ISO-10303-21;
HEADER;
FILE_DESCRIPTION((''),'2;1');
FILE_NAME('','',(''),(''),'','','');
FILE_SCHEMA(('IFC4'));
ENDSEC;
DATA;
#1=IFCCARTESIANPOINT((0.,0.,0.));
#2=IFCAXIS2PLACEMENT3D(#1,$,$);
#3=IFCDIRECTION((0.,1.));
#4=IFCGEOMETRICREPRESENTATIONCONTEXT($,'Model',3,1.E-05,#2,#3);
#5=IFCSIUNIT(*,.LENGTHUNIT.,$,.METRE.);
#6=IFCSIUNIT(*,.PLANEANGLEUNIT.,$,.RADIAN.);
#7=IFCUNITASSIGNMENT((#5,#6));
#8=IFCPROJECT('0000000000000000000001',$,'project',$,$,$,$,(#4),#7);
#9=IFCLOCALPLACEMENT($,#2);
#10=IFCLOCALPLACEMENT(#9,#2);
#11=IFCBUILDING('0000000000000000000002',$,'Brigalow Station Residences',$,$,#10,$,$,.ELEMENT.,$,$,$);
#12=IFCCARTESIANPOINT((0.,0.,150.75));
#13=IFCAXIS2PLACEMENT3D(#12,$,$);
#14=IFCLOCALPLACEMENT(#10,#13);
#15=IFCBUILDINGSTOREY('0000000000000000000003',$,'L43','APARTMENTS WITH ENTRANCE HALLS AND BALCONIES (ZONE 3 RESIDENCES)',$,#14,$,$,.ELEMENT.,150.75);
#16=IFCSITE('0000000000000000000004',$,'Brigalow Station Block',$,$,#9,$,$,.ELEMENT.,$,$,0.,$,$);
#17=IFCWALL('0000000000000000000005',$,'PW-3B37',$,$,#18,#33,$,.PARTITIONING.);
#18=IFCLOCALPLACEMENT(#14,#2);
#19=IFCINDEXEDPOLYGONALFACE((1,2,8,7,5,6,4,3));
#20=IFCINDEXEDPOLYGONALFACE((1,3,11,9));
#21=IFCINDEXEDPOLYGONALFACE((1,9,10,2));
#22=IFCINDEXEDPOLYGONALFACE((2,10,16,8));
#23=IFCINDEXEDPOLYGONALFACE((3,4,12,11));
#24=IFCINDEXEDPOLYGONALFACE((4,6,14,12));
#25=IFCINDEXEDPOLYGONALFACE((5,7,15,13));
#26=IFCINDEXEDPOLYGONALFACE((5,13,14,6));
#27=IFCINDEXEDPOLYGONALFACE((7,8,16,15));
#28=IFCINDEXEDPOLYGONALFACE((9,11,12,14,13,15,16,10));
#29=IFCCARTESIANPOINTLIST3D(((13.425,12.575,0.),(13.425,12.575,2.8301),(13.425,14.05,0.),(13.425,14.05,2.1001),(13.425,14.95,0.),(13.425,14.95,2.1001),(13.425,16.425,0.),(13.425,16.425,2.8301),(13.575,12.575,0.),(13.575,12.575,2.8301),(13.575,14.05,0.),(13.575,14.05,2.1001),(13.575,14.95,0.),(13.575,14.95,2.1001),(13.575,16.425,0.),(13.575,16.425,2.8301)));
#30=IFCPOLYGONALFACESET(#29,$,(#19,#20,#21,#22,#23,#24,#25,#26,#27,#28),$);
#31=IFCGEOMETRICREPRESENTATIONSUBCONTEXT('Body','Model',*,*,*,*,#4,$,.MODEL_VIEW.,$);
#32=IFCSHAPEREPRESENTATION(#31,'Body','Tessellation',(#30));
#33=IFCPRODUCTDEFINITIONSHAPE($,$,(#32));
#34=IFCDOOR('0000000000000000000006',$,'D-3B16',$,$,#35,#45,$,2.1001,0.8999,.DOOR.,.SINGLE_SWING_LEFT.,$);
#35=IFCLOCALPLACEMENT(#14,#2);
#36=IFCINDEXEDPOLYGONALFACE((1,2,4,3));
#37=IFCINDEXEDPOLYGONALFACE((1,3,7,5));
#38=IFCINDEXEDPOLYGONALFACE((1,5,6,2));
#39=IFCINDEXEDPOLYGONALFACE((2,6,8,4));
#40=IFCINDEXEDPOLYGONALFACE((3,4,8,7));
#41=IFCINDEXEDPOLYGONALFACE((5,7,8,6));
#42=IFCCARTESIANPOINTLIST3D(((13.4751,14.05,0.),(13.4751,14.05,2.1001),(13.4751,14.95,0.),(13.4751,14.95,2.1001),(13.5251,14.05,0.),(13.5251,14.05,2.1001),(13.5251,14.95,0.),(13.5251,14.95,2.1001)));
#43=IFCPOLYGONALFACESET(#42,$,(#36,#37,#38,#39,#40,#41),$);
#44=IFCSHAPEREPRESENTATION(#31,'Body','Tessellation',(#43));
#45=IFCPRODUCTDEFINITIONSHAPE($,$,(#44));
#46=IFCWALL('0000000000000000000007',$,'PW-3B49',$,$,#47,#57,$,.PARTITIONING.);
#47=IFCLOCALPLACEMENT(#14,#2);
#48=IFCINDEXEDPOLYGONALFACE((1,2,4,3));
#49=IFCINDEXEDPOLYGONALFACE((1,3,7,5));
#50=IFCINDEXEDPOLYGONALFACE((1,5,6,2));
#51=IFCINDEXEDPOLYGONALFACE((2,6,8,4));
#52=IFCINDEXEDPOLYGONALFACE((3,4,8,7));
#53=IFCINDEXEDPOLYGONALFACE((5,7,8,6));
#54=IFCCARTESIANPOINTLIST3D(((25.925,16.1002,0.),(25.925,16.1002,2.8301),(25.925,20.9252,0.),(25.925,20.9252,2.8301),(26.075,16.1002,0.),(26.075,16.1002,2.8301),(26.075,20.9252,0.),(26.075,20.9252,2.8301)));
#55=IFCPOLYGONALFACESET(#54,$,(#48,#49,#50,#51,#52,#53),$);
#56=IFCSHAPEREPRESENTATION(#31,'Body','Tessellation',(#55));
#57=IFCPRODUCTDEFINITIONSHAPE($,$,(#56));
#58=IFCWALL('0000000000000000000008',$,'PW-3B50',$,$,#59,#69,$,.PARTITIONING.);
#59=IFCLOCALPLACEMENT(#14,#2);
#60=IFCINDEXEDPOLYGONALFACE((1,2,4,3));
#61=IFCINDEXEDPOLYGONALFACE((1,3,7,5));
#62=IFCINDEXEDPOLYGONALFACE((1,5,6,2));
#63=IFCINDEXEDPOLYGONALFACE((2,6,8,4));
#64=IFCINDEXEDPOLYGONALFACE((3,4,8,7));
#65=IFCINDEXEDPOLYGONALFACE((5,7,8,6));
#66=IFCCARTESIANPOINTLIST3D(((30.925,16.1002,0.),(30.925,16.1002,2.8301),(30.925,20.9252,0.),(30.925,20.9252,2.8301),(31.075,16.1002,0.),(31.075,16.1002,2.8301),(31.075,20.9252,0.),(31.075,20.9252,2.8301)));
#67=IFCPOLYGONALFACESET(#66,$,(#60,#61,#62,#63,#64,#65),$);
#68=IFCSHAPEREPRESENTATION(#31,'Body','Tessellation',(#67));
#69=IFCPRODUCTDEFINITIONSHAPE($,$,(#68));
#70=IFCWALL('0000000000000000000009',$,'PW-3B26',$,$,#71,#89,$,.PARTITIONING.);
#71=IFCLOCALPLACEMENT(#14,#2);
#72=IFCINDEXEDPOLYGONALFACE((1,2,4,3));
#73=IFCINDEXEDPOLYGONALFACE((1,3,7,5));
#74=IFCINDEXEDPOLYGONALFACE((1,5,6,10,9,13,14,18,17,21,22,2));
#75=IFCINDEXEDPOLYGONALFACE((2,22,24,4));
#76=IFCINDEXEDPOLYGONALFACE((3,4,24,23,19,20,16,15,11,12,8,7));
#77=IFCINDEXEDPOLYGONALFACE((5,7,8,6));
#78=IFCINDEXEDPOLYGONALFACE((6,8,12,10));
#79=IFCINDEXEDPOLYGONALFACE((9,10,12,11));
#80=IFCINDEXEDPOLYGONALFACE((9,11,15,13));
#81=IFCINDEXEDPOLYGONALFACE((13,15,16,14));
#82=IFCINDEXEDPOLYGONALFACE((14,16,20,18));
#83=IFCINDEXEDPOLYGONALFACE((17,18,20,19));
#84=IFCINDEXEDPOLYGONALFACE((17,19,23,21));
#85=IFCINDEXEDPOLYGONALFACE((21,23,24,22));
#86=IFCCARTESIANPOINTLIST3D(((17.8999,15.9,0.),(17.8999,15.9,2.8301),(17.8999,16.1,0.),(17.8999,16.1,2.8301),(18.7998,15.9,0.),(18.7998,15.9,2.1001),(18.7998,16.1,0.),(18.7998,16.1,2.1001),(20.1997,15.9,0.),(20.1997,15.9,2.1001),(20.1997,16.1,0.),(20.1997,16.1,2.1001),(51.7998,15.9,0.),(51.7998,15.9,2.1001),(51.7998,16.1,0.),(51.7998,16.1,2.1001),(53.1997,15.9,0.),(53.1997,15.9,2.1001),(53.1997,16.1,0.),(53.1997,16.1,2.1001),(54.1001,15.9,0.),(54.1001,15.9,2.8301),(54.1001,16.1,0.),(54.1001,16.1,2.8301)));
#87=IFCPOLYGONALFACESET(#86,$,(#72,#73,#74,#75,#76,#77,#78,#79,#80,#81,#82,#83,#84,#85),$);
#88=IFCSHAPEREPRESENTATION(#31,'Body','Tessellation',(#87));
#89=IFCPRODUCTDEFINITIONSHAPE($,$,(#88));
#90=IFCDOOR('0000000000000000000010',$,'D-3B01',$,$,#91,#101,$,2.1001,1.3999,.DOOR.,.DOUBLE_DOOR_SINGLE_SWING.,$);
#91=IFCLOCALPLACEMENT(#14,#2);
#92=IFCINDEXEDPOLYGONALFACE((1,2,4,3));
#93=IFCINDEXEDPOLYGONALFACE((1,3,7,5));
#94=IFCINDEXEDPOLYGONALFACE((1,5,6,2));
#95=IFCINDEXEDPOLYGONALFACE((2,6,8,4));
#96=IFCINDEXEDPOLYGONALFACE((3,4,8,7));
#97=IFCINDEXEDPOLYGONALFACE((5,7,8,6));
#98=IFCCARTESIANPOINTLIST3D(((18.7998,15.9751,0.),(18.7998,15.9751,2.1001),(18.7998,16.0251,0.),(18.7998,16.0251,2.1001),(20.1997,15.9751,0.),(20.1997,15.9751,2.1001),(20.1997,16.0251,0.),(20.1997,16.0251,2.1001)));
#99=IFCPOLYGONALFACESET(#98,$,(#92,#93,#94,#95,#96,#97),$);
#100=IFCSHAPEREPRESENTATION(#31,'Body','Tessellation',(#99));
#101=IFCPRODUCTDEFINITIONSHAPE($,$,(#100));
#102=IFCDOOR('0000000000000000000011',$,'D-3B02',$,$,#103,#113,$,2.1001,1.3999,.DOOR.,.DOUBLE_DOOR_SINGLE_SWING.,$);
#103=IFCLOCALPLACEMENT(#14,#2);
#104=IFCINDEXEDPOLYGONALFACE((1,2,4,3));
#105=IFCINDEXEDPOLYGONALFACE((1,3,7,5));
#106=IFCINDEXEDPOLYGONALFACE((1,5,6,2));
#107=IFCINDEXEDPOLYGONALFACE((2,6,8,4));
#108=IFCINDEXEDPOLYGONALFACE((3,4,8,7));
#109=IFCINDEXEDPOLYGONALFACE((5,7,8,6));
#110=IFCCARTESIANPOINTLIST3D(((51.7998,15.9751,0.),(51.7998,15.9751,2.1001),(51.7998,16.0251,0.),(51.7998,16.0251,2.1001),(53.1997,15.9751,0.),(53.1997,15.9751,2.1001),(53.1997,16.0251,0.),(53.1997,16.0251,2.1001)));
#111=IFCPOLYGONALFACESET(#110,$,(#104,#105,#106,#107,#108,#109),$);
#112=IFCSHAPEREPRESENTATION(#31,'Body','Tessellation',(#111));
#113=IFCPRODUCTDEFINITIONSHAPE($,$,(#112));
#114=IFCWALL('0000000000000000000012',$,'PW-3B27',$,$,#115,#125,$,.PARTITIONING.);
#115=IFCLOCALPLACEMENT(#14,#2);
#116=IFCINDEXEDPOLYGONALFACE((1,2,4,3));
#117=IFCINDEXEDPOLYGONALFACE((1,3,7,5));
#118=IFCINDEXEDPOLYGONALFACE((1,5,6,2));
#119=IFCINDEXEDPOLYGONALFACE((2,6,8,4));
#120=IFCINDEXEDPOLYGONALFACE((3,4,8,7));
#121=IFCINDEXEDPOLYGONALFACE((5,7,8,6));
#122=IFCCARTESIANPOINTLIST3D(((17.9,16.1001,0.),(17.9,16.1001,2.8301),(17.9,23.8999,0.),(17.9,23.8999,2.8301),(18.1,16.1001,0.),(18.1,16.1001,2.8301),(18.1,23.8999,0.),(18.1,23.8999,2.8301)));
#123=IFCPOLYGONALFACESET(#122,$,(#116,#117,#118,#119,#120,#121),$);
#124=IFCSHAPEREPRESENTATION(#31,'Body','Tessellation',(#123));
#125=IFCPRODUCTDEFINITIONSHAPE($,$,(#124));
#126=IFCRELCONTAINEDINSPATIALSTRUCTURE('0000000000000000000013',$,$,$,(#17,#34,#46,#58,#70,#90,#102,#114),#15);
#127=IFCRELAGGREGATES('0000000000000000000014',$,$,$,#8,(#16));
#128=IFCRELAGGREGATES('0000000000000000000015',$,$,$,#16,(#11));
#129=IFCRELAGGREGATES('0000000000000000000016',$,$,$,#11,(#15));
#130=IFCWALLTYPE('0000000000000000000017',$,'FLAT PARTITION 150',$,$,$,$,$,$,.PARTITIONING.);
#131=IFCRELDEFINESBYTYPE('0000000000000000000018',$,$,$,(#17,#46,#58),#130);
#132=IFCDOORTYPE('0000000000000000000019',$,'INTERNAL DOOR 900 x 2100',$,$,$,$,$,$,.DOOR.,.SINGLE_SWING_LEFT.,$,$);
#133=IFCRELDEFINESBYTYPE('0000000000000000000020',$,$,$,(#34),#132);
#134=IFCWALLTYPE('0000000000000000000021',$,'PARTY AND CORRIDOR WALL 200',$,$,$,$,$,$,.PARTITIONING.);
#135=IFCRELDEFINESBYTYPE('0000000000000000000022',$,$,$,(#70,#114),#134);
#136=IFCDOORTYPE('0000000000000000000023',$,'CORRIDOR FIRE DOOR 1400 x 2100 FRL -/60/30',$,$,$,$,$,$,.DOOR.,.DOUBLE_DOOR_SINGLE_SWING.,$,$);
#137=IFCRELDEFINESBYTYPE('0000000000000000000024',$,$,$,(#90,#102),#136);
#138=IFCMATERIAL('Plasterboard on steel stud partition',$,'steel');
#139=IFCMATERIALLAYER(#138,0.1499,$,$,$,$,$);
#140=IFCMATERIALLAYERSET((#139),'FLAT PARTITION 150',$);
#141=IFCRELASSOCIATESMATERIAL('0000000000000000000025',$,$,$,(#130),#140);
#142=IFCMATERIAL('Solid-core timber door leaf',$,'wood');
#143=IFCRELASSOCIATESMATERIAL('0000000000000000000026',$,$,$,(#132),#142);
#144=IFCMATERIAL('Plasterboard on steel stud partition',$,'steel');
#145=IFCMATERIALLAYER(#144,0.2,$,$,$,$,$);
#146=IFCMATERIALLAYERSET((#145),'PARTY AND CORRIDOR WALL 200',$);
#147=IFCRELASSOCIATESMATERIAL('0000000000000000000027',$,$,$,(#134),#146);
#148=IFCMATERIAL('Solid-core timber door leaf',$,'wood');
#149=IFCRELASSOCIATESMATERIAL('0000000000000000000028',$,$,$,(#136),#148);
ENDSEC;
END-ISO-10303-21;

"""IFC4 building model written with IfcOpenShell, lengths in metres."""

from ifc_helpers import new_model, si_unit, direction, frame, frame_2d, origin, place, context, subcontext, project, spatial, rectangle, extrude, material, layer, layer_set, type_object, element, fill, save


model = new_model("IFC4")

# Units and contexts
model_context = context("Model", 3, precision=1e-05, world=origin(), true_north=direction((0.0, 1.0)))
body_context = subcontext(model_context, "Body", "Model", "MODEL_VIEW")
ifc_project = project(units=[si_unit("LENGTHUNIT", "METRE"), si_unit("PLANEANGLEUNIT", "RADIAN")], contexts=[model_context])

# Site, building, storey
site_placement = place(None, origin())
site = spatial("IfcSite", under=ifc_project, at=site_placement, Name="Brigalow Station Block", CompositionType="ELEMENT", RefElevation=0.0)
building_placement = place(site_placement, origin())
building = spatial("IfcBuilding", under=site, at=building_placement, Name="Brigalow Station Residences", CompositionType="ELEMENT")
storey_placement = place(building_placement, frame((0.0, 0.0, 150.75)))
storey = spatial("IfcBuildingStorey", under=building, at=storey_placement, Name="L43", Description="APARTMENTS WITH ENTRANCE HALLS AND BALCONIES (ZONE 3 RESIDENCES)", CompositionType="ELEMENT", Elevation=150.75)

# Shared definitions
ifc_material_1 = material(Name="Plasterboard on steel stud partition", Category="steel")
ifc_layer_1 = layer(ifc_material_1, 0.1499)
ifc_layer_set_1 = layer_set([ifc_layer_1], Name="FLAT PARTITION 150")
wall_type_1 = type_object("IfcWallType", Name="FLAT PARTITION 150", PredefinedType="PARTITIONING", material=ifc_layer_set_1)
ifc_material_2 = material(Name="Solid-core timber door leaf", Category="wood")
door_type_1 = type_object("IfcDoorType", Name="INTERNAL DOOR 900 x 2100", OperationType="SINGLE_SWING_LEFT", PredefinedType="DOOR", material=ifc_material_2)

# Wall, opening, door
wall_1_placement = place(storey_placement, frame((13.5, 12.575, 0.0), z_axis=(0.0, 0.0, 1.0), x_axis=(0.0, 1.0, 0.0)))
wall_1 = element("IfcWall", 1, at=wall_1_placement, inside=storey, type_object=wall_type_1, Name="PW-3B37", PredefinedType="PARTITIONING", context=body_context, shape_type="SweptSolid", body=[
    extrude(rectangle(XDim=3.8501, YDim=0.1499, at=frame_2d((1.925, 0.0))), origin(), (0.0, 0.0, 1.0), 2.8301),
])
opening_1_placement = place(wall_1_placement, frame((1.4751, 0.0, 0.0)))
opening_1 = element("IfcOpeningElement", 2, at=opening_1_placement, cuts=wall_1, PredefinedType="OPENING", context=body_context, shape_type="SweptSolid", body=[
    extrude(rectangle(XDim=0.8999, YDim=2.1001, at=frame_2d((0.45, 1.05))), frame((0.0, 0.085, 0.0), z_axis=(0.0, -1.0, 0.0), x_axis=(1.0, 0.0, 0.0)), (0.0, 0.0, 1.0), 0.1699),
])
door_1_placement = place(opening_1_placement, origin())
door_1 = element("IfcDoor", 3, at=door_1_placement, inside=storey, type_object=door_type_1, Name="D-3B16", OperationType="SINGLE_SWING_LEFT", OverallHeight=2.1001, OverallWidth=0.8999, PredefinedType="DOOR", context=body_context, shape_type="SweptSolid", body=[
    extrude(rectangle(XDim=0.8999, YDim=2.1001, at=frame_2d((0.45, 1.05))), frame((0.0, 0.0249, 0.0), z_axis=(0.0, -1.0, 0.0), x_axis=(1.0, 0.0, 0.0)), (0.0, 0.0, 1.0), 0.05),
])
fill(opening_1, door_1)

# Walls
for number, where, z_axis, x_axis, name in (
    (4, (26.0, 16.1001, 0.0), (0.0, 0.0, 1.0), (0.0, 1.0, 0.0), "PW-3B49"),
    (5, (31.0, 16.1001, 0.0), (0.0, 0.0, 1.0), (0.0, 1.0, 0.0), "PW-3B50"),
):
    element("IfcWall", number, at=place(storey_placement, frame(where, z_axis=z_axis, x_axis=x_axis)), inside=storey, type_object=wall_type_1, Name=name, PredefinedType="PARTITIONING", context=body_context, shape_type="SweptSolid", body=[
        extrude(rectangle(XDim=4.825, YDim=0.1499, at=frame_2d((2.4126, 0.0))), origin(), (0.0, 0.0, 1.0), 2.8301),
    ])

# Wall, openings, doors
ifc_material_3 = material(Name="Plasterboard on steel stud partition", Category="steel")
ifc_layer_2 = layer(ifc_material_3, 0.2)
ifc_layer_set_2 = layer_set([ifc_layer_2], Name="PARTY AND CORRIDOR WALL 200")
wall_type_2 = type_object("IfcWallType", Name="PARTY AND CORRIDOR WALL 200", PredefinedType="PARTITIONING", material=ifc_layer_set_2)
wall_2_placement = place(storey_placement, frame((17.8999, 16.0, 0.0), z_axis=(0.0, 0.0, 1.0), x_axis=(1.0, 0.0, 0.0)))
wall_2 = element("IfcWall", 6, at=wall_2_placement, inside=storey, type_object=wall_type_2, Name="PW-3B26", PredefinedType="PARTITIONING", context=body_context, shape_type="SweptSolid", body=[
    extrude(rectangle(XDim=36.2002, YDim=0.2, at=frame_2d((18.1001, 0.0))), origin(), (0.0, 0.0, 1.0), 2.8301),
])
opening_2_placement = place(wall_2_placement, frame((0.8999, 0.0, 0.0)))
opening_2 = element("IfcOpeningElement", 7, at=opening_2_placement, cuts=wall_2, PredefinedType="OPENING", context=body_context, shape_type="SweptSolid", body=[
    extrude(rectangle(XDim=1.3999, YDim=2.1001, at=frame_2d((0.7, 1.05))), frame((0.0, 0.1099, 0.0), z_axis=(0.0, -1.0, 0.0), x_axis=(1.0, 0.0, 0.0)), (0.0, 0.0, 1.0), 0.22),
])
opening_3_placement = place(wall_2_placement, frame((33.8999, 0.0, 0.0)))
opening_3 = element("IfcOpeningElement", 8, at=opening_3_placement, cuts=wall_2, PredefinedType="OPENING", context=body_context, shape_type="SweptSolid", body=[
    extrude(rectangle(XDim=1.3999, YDim=2.1001, at=frame_2d((0.7, 1.05))), frame((0.0, 0.1099, 0.0), z_axis=(0.0, -1.0, 0.0), x_axis=(1.0, 0.0, 0.0)), (0.0, 0.0, 1.0), 0.22),
])
ifc_material_4 = material(Name="Solid-core timber door leaf", Category="wood")
door_type_2 = type_object("IfcDoorType", Name="CORRIDOR FIRE DOOR 1400 x 2100 FRL -/60/30", OperationType="DOUBLE_DOOR_SINGLE_SWING", PredefinedType="DOOR", material=ifc_material_4)
door_2_placement = place(opening_2_placement, frame((1.3999, 0.0, 0.0), z_axis=(0.0, 0.0, 1.0), x_axis=(-1.0, 0.0, 0.0)))
door_2 = element("IfcDoor", 9, at=door_2_placement, inside=storey, type_object=door_type_2, Name="D-3B01", OperationType="DOUBLE_DOOR_SINGLE_SWING", OverallHeight=2.1001, OverallWidth=1.3999, PredefinedType="DOOR", context=body_context, shape_type="SweptSolid", body=[
    extrude(rectangle(XDim=1.3999, YDim=2.1001, at=frame_2d((0.7, 1.05))), frame((0.0, 0.0249, 0.0), z_axis=(0.0, -1.0, 0.0), x_axis=(1.0, 0.0, 0.0)), (0.0, 0.0, 1.0), 0.05),
])
fill(opening_2, door_2)
door_3_placement = place(opening_3_placement, frame((1.3999, 0.0, 0.0), z_axis=(0.0, 0.0, 1.0), x_axis=(-1.0, 0.0, 0.0)))
door_3 = element("IfcDoor", 10, at=door_3_placement, inside=storey, type_object=door_type_2, Name="D-3B02", OperationType="DOUBLE_DOOR_SINGLE_SWING", OverallHeight=2.1001, OverallWidth=1.3999, PredefinedType="DOOR", context=body_context, shape_type="SweptSolid", body=[
    extrude(rectangle(XDim=1.3999, YDim=2.1001, at=frame_2d((0.7, 1.05))), frame((0.0, 0.0249, 0.0), z_axis=(0.0, -1.0, 0.0), x_axis=(1.0, 0.0, 0.0)), (0.0, 0.0, 1.0), 0.05),
])
fill(opening_3, door_3)

# Wall
wall_3_placement = place(storey_placement, frame((18.0, 16.1001, 0.0), z_axis=(0.0, 0.0, 1.0), x_axis=(0.0, 1.0, 0.0)))
element("IfcWall", 11, at=wall_3_placement, inside=storey, type_object=wall_type_2, Name="PW-3B27", PredefinedType="PARTITIONING", context=body_context, shape_type="SweptSolid", body=[
    extrude(rectangle(XDim=7.7998, YDim=0.2, at=frame_2d((3.8999, 0.0))), origin(), (0.0, 0.0, 1.0), 2.8301),
])

save(model, "model.ifc")
